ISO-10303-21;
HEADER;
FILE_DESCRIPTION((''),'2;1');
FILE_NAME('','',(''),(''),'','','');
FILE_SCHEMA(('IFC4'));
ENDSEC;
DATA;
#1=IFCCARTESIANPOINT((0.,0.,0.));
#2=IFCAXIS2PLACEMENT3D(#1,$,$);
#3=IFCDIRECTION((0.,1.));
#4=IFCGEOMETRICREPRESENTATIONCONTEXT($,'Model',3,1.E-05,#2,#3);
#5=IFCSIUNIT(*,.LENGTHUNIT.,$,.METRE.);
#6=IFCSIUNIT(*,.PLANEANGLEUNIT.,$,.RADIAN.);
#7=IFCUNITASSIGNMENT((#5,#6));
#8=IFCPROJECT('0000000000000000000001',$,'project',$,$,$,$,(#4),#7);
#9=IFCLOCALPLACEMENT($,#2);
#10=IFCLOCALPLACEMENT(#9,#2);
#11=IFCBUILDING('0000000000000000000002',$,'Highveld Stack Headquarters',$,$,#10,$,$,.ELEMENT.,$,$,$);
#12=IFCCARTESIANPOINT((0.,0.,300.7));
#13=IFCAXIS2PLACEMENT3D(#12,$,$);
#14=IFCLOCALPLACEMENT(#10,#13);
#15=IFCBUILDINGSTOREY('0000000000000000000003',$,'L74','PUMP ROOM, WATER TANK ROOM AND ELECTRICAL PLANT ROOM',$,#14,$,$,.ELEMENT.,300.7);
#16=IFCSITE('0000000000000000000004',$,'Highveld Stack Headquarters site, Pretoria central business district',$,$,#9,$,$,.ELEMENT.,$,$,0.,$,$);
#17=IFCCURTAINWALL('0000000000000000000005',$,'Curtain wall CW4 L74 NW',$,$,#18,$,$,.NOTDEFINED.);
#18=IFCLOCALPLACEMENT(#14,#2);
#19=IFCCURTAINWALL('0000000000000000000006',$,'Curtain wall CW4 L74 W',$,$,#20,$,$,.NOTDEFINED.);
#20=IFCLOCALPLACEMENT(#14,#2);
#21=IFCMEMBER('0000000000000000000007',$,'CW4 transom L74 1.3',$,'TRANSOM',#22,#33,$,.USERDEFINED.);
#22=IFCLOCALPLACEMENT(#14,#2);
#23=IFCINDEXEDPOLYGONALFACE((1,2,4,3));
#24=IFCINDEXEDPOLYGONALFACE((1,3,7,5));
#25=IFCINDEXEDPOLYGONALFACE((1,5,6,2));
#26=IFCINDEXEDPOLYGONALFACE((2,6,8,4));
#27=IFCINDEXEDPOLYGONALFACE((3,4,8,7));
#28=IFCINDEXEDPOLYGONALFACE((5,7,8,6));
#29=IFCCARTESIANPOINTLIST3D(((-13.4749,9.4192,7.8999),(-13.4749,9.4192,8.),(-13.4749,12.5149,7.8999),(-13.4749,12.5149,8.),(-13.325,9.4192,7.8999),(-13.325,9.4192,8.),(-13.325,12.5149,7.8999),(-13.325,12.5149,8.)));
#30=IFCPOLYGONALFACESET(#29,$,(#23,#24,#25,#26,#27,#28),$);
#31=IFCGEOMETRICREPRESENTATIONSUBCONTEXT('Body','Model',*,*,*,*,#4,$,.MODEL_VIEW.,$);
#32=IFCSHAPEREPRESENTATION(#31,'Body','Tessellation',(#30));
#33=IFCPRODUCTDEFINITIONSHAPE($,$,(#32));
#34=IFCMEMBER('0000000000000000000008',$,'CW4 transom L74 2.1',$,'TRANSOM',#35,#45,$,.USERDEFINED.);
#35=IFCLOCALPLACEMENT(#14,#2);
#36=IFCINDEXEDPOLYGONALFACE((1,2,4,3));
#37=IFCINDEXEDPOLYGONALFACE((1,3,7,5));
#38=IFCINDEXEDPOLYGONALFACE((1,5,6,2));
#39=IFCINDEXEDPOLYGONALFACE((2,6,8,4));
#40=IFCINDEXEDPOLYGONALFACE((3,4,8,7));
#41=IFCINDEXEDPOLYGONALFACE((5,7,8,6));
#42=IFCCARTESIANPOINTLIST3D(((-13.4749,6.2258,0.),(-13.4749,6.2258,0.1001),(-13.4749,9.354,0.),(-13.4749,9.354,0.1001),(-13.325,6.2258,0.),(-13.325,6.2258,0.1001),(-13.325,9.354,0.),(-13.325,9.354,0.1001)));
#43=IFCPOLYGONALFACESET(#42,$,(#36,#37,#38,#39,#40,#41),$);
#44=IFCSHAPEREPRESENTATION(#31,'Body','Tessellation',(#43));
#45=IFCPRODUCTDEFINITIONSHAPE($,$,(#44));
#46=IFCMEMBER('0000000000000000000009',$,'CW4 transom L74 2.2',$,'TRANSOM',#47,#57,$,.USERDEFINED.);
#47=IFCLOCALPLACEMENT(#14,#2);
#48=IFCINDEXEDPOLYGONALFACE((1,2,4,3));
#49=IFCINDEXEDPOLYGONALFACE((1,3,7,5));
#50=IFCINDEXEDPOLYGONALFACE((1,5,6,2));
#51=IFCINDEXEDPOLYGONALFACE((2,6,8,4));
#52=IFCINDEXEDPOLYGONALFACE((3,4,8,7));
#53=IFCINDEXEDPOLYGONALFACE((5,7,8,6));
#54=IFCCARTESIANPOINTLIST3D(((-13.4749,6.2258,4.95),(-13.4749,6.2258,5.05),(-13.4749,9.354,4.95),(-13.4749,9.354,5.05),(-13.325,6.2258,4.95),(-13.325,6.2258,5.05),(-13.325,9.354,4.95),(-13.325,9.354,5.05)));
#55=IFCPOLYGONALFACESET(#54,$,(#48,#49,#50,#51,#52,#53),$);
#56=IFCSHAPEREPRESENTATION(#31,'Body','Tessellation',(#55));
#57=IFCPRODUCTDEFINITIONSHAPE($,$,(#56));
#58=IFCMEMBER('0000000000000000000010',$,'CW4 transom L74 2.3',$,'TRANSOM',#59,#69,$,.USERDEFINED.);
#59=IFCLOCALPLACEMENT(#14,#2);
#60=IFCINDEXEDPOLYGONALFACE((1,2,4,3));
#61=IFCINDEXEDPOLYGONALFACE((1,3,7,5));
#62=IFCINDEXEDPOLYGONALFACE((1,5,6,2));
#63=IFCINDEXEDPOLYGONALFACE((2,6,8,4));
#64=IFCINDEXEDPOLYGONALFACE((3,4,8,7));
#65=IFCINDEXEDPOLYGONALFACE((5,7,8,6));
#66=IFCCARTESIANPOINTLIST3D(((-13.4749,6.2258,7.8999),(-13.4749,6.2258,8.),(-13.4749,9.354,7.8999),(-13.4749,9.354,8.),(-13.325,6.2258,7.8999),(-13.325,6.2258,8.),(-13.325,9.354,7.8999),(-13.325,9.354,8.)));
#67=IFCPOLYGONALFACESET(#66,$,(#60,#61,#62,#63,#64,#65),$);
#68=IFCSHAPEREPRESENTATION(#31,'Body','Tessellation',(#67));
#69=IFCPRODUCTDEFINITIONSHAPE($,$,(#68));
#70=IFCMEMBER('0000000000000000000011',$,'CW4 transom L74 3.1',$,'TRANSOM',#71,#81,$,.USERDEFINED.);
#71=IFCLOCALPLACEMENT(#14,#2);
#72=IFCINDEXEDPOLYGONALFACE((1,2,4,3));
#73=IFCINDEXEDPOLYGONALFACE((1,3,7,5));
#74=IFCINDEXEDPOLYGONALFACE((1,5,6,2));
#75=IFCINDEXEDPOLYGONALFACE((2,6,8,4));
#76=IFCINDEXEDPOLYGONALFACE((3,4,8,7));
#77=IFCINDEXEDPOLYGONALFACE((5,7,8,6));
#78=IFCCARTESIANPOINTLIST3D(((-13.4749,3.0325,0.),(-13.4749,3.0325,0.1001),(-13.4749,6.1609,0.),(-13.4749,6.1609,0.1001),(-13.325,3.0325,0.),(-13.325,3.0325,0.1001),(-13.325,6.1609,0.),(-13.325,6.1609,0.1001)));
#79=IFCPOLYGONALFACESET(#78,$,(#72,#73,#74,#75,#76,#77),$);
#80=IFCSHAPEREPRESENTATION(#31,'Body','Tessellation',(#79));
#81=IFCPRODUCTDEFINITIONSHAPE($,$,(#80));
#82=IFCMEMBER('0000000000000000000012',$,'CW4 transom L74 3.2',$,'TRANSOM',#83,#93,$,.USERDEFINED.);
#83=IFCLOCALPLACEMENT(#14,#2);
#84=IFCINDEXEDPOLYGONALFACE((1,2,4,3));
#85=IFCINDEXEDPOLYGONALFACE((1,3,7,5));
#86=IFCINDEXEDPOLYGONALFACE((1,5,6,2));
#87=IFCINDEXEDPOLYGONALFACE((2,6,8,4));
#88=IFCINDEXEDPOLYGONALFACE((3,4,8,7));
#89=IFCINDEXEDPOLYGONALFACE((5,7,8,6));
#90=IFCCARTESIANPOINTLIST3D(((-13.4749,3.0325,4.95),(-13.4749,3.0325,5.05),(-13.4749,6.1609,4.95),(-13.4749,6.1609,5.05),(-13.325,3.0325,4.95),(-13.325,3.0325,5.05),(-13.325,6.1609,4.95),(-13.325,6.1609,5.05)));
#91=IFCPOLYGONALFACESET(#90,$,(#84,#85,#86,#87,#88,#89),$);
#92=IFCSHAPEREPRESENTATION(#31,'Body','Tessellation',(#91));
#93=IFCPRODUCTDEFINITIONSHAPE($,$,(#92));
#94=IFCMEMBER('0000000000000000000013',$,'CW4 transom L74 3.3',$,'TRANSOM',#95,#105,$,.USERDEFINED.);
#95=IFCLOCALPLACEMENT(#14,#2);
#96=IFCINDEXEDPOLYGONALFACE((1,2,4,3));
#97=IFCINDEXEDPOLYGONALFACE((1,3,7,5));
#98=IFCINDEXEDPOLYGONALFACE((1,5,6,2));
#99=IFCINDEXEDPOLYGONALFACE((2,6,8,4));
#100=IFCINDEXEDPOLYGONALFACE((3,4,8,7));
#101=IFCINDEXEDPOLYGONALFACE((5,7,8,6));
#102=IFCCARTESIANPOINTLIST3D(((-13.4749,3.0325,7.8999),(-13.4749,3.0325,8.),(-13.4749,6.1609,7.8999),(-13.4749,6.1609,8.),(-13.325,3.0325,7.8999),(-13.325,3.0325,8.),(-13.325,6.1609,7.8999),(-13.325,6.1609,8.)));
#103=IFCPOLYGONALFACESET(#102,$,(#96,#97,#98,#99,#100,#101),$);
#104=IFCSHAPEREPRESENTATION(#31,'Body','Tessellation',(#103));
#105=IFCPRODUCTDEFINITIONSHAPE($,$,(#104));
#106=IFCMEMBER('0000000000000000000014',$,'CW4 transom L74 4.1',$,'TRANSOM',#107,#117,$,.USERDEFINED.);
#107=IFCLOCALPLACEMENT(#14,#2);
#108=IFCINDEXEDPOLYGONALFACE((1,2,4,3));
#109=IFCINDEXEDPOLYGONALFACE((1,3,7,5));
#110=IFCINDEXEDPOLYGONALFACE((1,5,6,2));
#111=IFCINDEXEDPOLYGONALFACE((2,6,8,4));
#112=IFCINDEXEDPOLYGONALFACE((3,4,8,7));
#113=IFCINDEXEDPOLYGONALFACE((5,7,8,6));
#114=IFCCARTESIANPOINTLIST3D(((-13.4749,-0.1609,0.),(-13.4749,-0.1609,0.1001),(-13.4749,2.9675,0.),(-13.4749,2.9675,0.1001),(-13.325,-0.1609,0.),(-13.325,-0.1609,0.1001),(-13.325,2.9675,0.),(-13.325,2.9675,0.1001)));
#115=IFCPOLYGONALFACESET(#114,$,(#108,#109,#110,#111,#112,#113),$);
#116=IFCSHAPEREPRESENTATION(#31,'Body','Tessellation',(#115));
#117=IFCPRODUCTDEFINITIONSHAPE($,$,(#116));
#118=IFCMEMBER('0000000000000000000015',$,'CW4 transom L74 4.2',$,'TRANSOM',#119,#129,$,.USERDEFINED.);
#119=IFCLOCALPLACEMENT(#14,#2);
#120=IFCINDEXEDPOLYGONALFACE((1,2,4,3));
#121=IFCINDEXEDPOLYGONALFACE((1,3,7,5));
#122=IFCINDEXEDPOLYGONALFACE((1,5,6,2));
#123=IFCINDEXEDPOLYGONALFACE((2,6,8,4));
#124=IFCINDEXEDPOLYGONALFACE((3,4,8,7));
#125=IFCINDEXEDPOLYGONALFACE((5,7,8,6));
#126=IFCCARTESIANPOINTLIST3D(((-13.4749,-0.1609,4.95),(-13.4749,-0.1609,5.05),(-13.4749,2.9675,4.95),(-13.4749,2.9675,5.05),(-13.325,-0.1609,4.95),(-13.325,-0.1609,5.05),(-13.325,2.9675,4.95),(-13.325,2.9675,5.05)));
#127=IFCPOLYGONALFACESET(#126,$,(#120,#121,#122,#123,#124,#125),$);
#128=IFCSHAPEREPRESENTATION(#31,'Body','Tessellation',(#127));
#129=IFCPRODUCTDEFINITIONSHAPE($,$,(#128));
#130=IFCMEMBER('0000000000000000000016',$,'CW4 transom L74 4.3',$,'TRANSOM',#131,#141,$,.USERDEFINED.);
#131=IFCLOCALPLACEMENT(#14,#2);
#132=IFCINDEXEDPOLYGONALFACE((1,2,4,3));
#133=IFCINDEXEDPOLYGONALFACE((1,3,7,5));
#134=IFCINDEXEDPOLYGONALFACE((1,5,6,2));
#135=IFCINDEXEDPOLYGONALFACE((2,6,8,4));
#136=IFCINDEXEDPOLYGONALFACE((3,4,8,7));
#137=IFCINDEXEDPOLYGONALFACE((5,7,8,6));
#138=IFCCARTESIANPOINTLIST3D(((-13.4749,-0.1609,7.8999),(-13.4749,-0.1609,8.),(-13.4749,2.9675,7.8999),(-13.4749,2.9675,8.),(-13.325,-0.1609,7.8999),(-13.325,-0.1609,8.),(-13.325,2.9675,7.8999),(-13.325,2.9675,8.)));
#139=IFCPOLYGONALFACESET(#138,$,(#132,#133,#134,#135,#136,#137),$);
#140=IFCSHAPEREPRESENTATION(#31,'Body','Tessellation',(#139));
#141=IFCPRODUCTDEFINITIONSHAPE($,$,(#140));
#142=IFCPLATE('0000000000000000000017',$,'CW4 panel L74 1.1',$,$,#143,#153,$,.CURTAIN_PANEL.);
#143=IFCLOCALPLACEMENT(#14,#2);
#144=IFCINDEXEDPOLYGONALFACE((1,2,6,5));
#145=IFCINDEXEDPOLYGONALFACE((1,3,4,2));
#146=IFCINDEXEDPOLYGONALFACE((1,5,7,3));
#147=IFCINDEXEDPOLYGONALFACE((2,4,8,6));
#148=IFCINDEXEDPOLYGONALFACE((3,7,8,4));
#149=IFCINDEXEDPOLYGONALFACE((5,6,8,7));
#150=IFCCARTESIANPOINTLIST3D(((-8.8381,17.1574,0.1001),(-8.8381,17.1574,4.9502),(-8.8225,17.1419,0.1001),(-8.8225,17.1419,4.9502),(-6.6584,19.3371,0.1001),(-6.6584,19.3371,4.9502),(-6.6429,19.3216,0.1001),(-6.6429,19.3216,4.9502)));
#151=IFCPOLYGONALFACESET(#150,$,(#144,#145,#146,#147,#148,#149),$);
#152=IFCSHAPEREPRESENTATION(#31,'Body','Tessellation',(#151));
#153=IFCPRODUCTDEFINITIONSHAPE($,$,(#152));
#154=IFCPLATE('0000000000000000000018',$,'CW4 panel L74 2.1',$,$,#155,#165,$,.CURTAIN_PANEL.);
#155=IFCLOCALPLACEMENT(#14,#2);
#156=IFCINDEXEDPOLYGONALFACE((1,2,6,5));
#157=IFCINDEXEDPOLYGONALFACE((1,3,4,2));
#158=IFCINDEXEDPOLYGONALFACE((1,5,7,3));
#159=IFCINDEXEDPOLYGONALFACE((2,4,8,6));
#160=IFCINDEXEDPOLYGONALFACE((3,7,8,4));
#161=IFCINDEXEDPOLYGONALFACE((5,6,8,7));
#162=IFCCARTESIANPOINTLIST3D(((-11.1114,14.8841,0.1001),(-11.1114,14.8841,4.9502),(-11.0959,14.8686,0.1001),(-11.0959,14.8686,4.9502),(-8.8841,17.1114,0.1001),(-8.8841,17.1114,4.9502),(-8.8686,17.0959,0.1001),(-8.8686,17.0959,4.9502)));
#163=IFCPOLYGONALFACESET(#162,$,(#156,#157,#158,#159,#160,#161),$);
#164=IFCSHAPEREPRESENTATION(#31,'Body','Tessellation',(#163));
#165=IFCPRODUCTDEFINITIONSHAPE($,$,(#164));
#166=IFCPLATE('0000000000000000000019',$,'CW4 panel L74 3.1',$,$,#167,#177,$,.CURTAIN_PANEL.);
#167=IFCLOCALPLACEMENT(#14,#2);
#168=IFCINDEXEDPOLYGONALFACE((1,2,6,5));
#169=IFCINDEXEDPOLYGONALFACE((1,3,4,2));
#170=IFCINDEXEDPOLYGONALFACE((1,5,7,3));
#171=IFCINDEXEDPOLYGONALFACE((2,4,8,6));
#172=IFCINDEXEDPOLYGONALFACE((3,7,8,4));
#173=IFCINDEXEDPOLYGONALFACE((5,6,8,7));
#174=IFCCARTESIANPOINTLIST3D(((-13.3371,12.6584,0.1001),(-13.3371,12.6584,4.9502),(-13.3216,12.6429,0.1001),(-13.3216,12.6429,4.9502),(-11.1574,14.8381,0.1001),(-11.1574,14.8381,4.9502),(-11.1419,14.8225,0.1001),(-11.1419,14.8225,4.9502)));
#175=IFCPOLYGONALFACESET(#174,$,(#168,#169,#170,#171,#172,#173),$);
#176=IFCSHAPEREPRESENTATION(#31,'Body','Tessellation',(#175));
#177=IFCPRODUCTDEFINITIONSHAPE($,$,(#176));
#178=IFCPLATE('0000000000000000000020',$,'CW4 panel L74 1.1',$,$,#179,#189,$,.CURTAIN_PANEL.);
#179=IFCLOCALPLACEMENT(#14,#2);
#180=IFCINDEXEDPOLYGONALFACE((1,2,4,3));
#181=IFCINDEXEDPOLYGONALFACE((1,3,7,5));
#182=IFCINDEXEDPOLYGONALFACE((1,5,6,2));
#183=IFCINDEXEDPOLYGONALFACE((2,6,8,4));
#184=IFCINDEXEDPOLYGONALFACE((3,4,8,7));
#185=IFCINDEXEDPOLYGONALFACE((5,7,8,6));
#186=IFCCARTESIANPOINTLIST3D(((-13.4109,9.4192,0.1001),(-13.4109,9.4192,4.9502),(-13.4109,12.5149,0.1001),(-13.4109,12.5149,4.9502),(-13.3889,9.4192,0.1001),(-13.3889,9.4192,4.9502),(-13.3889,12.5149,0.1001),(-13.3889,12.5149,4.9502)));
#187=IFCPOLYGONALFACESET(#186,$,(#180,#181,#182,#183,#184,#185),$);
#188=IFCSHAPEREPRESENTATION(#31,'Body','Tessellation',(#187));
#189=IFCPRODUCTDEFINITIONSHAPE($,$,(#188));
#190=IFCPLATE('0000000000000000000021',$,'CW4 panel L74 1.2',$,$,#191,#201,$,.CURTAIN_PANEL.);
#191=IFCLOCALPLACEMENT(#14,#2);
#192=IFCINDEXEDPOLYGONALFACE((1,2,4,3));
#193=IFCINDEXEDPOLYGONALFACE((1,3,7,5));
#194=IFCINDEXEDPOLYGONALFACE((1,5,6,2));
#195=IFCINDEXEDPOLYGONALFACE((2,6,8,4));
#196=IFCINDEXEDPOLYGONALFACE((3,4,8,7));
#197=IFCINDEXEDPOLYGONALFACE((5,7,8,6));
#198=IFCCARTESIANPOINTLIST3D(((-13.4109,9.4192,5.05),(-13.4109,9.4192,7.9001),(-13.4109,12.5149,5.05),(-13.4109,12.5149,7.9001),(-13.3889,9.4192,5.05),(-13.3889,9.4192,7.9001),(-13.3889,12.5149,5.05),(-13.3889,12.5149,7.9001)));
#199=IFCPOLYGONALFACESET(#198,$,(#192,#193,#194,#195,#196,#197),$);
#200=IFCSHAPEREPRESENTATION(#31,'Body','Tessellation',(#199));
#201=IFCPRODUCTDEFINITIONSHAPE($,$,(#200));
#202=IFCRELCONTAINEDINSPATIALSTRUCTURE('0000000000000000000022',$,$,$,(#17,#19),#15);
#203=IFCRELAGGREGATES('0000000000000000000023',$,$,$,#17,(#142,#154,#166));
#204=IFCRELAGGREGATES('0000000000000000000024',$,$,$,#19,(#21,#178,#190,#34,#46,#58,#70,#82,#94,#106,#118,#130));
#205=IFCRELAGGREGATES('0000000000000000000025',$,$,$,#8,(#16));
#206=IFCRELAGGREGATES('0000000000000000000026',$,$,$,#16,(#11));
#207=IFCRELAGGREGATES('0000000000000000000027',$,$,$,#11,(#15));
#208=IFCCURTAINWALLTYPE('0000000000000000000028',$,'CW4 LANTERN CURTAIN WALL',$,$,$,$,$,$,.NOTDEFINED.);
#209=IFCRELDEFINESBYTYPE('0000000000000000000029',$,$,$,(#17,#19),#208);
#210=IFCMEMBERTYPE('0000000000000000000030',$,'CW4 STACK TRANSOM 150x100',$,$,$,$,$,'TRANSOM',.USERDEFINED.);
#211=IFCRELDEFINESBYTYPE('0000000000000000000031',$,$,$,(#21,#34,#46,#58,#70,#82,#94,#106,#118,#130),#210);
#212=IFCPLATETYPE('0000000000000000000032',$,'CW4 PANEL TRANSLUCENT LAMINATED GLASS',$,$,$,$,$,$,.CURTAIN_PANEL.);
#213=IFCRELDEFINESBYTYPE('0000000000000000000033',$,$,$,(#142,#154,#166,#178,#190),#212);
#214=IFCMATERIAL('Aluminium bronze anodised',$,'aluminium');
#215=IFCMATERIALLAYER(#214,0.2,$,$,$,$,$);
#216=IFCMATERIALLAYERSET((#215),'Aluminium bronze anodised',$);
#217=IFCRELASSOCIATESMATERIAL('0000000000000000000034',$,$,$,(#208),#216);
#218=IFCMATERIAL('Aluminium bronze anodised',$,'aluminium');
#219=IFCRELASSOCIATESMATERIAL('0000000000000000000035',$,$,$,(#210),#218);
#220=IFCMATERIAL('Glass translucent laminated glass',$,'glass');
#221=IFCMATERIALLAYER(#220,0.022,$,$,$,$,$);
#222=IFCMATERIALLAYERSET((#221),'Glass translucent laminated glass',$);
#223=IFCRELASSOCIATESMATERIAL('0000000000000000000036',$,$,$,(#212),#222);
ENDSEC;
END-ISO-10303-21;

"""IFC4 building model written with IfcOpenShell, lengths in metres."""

from ifc_helpers import new_model, si_unit, direction, frame, origin, origin_2d, place, context, subcontext, project, spatial, rectangle, extrude, material, layer, layer_set, material_profile, profile_set, type_object, element, aggregate, save


model = new_model("IFC4")

# Units and contexts
model_context = context("Model", 3, precision=1e-05, world=origin(), true_north=direction((0.0, 1.0)))
body_context = subcontext(model_context, "Body", "Model", "MODEL_VIEW")
ifc_project = project(units=[si_unit("LENGTHUNIT", "METRE"), si_unit("PLANEANGLEUNIT", "RADIAN")], contexts=[model_context])

# Site, building, storey
site_placement = place(None, origin())
site = spatial("IfcSite", under=ifc_project, at=site_placement, Name="Highveld Stack Headquarters site, Pretoria central business district", CompositionType="ELEMENT", RefElevation=0.0)
building_placement = place(site_placement, origin())
building = spatial("IfcBuilding", under=site, at=building_placement, Name="Highveld Stack Headquarters", CompositionType="ELEMENT")
storey_placement = place(building_placement, frame((0.0, 0.0, 300.7)))
storey = spatial("IfcBuildingStorey", under=building, at=storey_placement, Name="L74", Description="PUMP ROOM, WATER TANK ROOM AND ELECTRICAL PLANT ROOM", CompositionType="ELEMENT", Elevation=300.7)

# Curtain walls
ifc_material_1 = material(Name="Aluminium bronze anodised", Category="aluminium")
ifc_layer_1 = layer(ifc_material_1, 0.2)
ifc_layer_set_1 = layer_set([ifc_layer_1], Name="Aluminium bronze anodised")
curtain_wall_type = type_object("IfcCurtainWallType", Name="CW4 LANTERN CURTAIN WALL", PredefinedType="NOTDEFINED", material=ifc_layer_set_1)
curtain_wall_1_placement = place(storey_placement, origin())
curtain_wall_1 = element("IfcCurtainWall", 1, at=curtain_wall_1_placement, inside=storey, type_object=curtain_wall_type, Name="Curtain wall CW4 L74 NW", PredefinedType="NOTDEFINED")
curtain_wall_2_placement = place(storey_placement, origin())
curtain_wall_2 = element("IfcCurtainWall", 2, at=curtain_wall_2_placement, inside=storey, type_object=curtain_wall_type, Name="Curtain wall CW4 L74 W", PredefinedType="NOTDEFINED")

# Members
ifc_material_2 = material(Name="Aluminium bronze anodised", Category="aluminium")
ifc_material_profile_1 = material_profile(ifc_material_2, rectangle(XDim=0.1499, YDim=0.1001, at=origin_2d()), Name="CW4 TRANSOM 150x100")
ifc_profile_set_1 = profile_set([ifc_material_profile_1], Name="Aluminium bronze anodised")
member_type_1 = type_object("IfcMemberType", Name="CW4 STACK TRANSOM 150x100", ElementType="TRANSOM", PredefinedType="USERDEFINED", material=ifc_profile_set_1)
member_1_placement = place(storey_placement, frame((-13.3999, 12.5149, 7.95), z_axis=(0.0, -1.0, 0.0), x_axis=(1.0, 0.0, 0.0)))
member_1 = element("IfcMember", 3, at=member_1_placement, type_object=member_type_1, Name="CW4 transom L74 1.3", ObjectType="TRANSOM", PredefinedType="USERDEFINED", context=body_context, shape_type="SweptSolid", body=[
    extrude(rectangle(XDim=0.1499, YDim=0.1001, at=origin_2d()), origin(), (0.0, 0.0, 1.0), 3.0957),
])
member_2_placement = place(storey_placement, frame((-13.3999, 9.354, 0.05), z_axis=(0.0, -1.0, 0.0), x_axis=(1.0, 0.0, 0.0)))
member_2 = element("IfcMember", 4, at=member_2_placement, type_object=member_type_1, Name="CW4 transom L74 2.1", ObjectType="TRANSOM", PredefinedType="USERDEFINED", context=body_context, shape_type="SweptSolid", body=[
    extrude(rectangle(XDim=0.1499, YDim=0.1001, at=origin_2d()), origin(), (0.0, 0.0, 1.0), 3.1282),
])
member_3_placement = place(storey_placement, frame((-13.3999, 9.354, 5.0), z_axis=(0.0, -1.0, 0.0), x_axis=(1.0, 0.0, 0.0)))
member_3 = element("IfcMember", 5, at=member_3_placement, type_object=member_type_1, Name="CW4 transom L74 2.2", ObjectType="TRANSOM", PredefinedType="USERDEFINED", context=body_context, shape_type="SweptSolid", body=[
    extrude(rectangle(XDim=0.1499, YDim=0.1001, at=origin_2d()), origin(), (0.0, 0.0, 1.0), 3.1282),
])
member_4_placement = place(storey_placement, frame((-13.3999, 9.354, 7.95), z_axis=(0.0, -1.0, 0.0), x_axis=(1.0, 0.0, 0.0)))
member_4 = element("IfcMember", 6, at=member_4_placement, type_object=member_type_1, Name="CW4 transom L74 2.3", ObjectType="TRANSOM", PredefinedType="USERDEFINED", context=body_context, shape_type="SweptSolid", body=[
    extrude(rectangle(XDim=0.1499, YDim=0.1001, at=origin_2d()), origin(), (0.0, 0.0, 1.0), 3.1282),
])
member_5_placement = place(storey_placement, frame((-13.3999, 6.1609, 0.05), z_axis=(0.0, -1.0, 0.0), x_axis=(1.0, 0.0, 0.0)))
member_5 = element("IfcMember", 7, at=member_5_placement, type_object=member_type_1, Name="CW4 transom L74 3.1", ObjectType="TRANSOM", PredefinedType="USERDEFINED", context=body_context, shape_type="SweptSolid", body=[
    extrude(rectangle(XDim=0.1499, YDim=0.1001, at=origin_2d()), origin(), (0.0, 0.0, 1.0), 3.1284),
])
member_6_placement = place(storey_placement, frame((-13.3999, 6.1609, 5.0), z_axis=(0.0, -1.0, 0.0), x_axis=(1.0, 0.0, 0.0)))
member_6 = element("IfcMember", 8, at=member_6_placement, type_object=member_type_1, Name="CW4 transom L74 3.2", ObjectType="TRANSOM", PredefinedType="USERDEFINED", context=body_context, shape_type="SweptSolid", body=[
    extrude(rectangle(XDim=0.1499, YDim=0.1001, at=origin_2d()), origin(), (0.0, 0.0, 1.0), 3.1284),
])
member_7_placement = place(storey_placement, frame((-13.3999, 6.1609, 7.95), z_axis=(0.0, -1.0, 0.0), x_axis=(1.0, 0.0, 0.0)))
member_7 = element("IfcMember", 9, at=member_7_placement, type_object=member_type_1, Name="CW4 transom L74 3.3", ObjectType="TRANSOM", PredefinedType="USERDEFINED", context=body_context, shape_type="SweptSolid", body=[
    extrude(rectangle(XDim=0.1499, YDim=0.1001, at=origin_2d()), origin(), (0.0, 0.0, 1.0), 3.1284),
])
member_8_placement = place(storey_placement, frame((-13.3999, 2.9675, 0.05), z_axis=(0.0, -1.0, 0.0), x_axis=(1.0, 0.0, 0.0)))
member_8 = element("IfcMember", 10, at=member_8_placement, type_object=member_type_1, Name="CW4 transom L74 4.1", ObjectType="TRANSOM", PredefinedType="USERDEFINED", context=body_context, shape_type="SweptSolid", body=[
    extrude(rectangle(XDim=0.1499, YDim=0.1001, at=origin_2d()), origin(), (0.0, 0.0, 1.0), 3.1284),
])
member_9_placement = place(storey_placement, frame((-13.3999, 2.9675, 5.0), z_axis=(0.0, -1.0, 0.0), x_axis=(1.0, 0.0, 0.0)))
member_9 = element("IfcMember", 11, at=member_9_placement, type_object=member_type_1, Name="CW4 transom L74 4.2", ObjectType="TRANSOM", PredefinedType="USERDEFINED", context=body_context, shape_type="SweptSolid", body=[
    extrude(rectangle(XDim=0.1499, YDim=0.1001, at=origin_2d()), origin(), (0.0, 0.0, 1.0), 3.1284),
])
member_10_placement = place(storey_placement, frame((-13.3999, 2.9675, 7.95), z_axis=(0.0, -1.0, 0.0), x_axis=(1.0, 0.0, 0.0)))
member_10 = element("IfcMember", 12, at=member_10_placement, type_object=member_type_1, Name="CW4 transom L74 4.3", ObjectType="TRANSOM", PredefinedType="USERDEFINED", context=body_context, shape_type="SweptSolid", body=[
    extrude(rectangle(XDim=0.1499, YDim=0.1001, at=origin_2d()), origin(), (0.0, 0.0, 1.0), 3.1284),
])

# Plates
ifc_material_3 = material(Name="Glass translucent laminated glass", Category="glass")
ifc_layer_2 = layer(ifc_material_3, 0.022)
ifc_layer_set_2 = layer_set([ifc_layer_2], Name="Glass translucent laminated glass")
plate_type = type_object("IfcPlateType", Name="CW4 PANEL TRANSLUCENT LAMINATED GLASS", PredefinedType="CURTAIN_PANEL", material=ifc_layer_set_2)
plate_1_placement = place(storey_placement, frame((-7.7405, 18.2395, 0.1001), z_axis=(0.0, 0.0, 1.0), x_axis=(-0.707107, -0.707107, 0.0)))
plate_1 = element("IfcPlate", 13, at=plate_1_placement, type_object=plate_type, Name="CW4 panel L74 1.1", PredefinedType="CURTAIN_PANEL", context=body_context, shape_type="SweptSolid", body=[
    extrude(rectangle(XDim=3.0825, YDim=0.022, at=origin_2d()), origin(), (0.0, 0.0, 1.0), 4.8501),
])
plate_2_placement = place(storey_placement, frame((-9.99, 15.99, 0.1001), z_axis=(0.0, 0.0, 1.0), x_axis=(-0.707107, -0.707107, 0.0)))
plate_2 = element("IfcPlate", 14, at=plate_2_placement, type_object=plate_type, Name="CW4 panel L74 2.1", PredefinedType="CURTAIN_PANEL", context=body_context, shape_type="SweptSolid", body=[
    extrude(rectangle(XDim=3.1499, YDim=0.022, at=origin_2d()), origin(), (0.0, 0.0, 1.0), 4.8501),
])
plate_3_placement = place(storey_placement, frame((-12.2395, 13.7405, 0.1001), z_axis=(0.0, 0.0, 1.0), x_axis=(-0.707107, -0.707107, 0.0)))
plate_3 = element("IfcPlate", 15, at=plate_3_placement, type_object=plate_type, Name="CW4 panel L74 3.1", PredefinedType="CURTAIN_PANEL", context=body_context, shape_type="SweptSolid", body=[
    extrude(rectangle(XDim=3.0825, YDim=0.022, at=origin_2d()), origin(), (0.0, 0.0, 1.0), 4.8501),
])
aggregate(curtain_wall_1, [plate_1, plate_2, plate_3])
plate_4_placement = place(storey_placement, frame((-13.3999, 10.967, 0.1001), z_axis=(0.0, 0.0, 1.0), x_axis=(0.0, -1.0, 0.0)))
plate_4 = element("IfcPlate", 16, at=plate_4_placement, type_object=plate_type, Name="CW4 panel L74 1.1", PredefinedType="CURTAIN_PANEL", context=body_context, shape_type="SweptSolid", body=[
    extrude(rectangle(XDim=3.0957, YDim=0.022, at=origin_2d()), origin(), (0.0, 0.0, 1.0), 4.8501),
])
plate_5_placement = place(storey_placement, frame((-13.3999, 10.967, 5.05), z_axis=(0.0, 0.0, 1.0), x_axis=(0.0, -1.0, 0.0)))
plate_5 = element("IfcPlate", 17, at=plate_5_placement, type_object=plate_type, Name="CW4 panel L74 1.2", PredefinedType="CURTAIN_PANEL", context=body_context, shape_type="SweptSolid", body=[
    extrude(rectangle(XDim=3.0957, YDim=0.022, at=origin_2d()), origin(), (0.0, 0.0, 1.0), 2.8501),
])
aggregate(curtain_wall_2, [member_1, plate_4, plate_5, member_2, member_3, member_4, member_5, member_6, member_7, member_8, member_9, member_10])

save(model, "model.ifc")
